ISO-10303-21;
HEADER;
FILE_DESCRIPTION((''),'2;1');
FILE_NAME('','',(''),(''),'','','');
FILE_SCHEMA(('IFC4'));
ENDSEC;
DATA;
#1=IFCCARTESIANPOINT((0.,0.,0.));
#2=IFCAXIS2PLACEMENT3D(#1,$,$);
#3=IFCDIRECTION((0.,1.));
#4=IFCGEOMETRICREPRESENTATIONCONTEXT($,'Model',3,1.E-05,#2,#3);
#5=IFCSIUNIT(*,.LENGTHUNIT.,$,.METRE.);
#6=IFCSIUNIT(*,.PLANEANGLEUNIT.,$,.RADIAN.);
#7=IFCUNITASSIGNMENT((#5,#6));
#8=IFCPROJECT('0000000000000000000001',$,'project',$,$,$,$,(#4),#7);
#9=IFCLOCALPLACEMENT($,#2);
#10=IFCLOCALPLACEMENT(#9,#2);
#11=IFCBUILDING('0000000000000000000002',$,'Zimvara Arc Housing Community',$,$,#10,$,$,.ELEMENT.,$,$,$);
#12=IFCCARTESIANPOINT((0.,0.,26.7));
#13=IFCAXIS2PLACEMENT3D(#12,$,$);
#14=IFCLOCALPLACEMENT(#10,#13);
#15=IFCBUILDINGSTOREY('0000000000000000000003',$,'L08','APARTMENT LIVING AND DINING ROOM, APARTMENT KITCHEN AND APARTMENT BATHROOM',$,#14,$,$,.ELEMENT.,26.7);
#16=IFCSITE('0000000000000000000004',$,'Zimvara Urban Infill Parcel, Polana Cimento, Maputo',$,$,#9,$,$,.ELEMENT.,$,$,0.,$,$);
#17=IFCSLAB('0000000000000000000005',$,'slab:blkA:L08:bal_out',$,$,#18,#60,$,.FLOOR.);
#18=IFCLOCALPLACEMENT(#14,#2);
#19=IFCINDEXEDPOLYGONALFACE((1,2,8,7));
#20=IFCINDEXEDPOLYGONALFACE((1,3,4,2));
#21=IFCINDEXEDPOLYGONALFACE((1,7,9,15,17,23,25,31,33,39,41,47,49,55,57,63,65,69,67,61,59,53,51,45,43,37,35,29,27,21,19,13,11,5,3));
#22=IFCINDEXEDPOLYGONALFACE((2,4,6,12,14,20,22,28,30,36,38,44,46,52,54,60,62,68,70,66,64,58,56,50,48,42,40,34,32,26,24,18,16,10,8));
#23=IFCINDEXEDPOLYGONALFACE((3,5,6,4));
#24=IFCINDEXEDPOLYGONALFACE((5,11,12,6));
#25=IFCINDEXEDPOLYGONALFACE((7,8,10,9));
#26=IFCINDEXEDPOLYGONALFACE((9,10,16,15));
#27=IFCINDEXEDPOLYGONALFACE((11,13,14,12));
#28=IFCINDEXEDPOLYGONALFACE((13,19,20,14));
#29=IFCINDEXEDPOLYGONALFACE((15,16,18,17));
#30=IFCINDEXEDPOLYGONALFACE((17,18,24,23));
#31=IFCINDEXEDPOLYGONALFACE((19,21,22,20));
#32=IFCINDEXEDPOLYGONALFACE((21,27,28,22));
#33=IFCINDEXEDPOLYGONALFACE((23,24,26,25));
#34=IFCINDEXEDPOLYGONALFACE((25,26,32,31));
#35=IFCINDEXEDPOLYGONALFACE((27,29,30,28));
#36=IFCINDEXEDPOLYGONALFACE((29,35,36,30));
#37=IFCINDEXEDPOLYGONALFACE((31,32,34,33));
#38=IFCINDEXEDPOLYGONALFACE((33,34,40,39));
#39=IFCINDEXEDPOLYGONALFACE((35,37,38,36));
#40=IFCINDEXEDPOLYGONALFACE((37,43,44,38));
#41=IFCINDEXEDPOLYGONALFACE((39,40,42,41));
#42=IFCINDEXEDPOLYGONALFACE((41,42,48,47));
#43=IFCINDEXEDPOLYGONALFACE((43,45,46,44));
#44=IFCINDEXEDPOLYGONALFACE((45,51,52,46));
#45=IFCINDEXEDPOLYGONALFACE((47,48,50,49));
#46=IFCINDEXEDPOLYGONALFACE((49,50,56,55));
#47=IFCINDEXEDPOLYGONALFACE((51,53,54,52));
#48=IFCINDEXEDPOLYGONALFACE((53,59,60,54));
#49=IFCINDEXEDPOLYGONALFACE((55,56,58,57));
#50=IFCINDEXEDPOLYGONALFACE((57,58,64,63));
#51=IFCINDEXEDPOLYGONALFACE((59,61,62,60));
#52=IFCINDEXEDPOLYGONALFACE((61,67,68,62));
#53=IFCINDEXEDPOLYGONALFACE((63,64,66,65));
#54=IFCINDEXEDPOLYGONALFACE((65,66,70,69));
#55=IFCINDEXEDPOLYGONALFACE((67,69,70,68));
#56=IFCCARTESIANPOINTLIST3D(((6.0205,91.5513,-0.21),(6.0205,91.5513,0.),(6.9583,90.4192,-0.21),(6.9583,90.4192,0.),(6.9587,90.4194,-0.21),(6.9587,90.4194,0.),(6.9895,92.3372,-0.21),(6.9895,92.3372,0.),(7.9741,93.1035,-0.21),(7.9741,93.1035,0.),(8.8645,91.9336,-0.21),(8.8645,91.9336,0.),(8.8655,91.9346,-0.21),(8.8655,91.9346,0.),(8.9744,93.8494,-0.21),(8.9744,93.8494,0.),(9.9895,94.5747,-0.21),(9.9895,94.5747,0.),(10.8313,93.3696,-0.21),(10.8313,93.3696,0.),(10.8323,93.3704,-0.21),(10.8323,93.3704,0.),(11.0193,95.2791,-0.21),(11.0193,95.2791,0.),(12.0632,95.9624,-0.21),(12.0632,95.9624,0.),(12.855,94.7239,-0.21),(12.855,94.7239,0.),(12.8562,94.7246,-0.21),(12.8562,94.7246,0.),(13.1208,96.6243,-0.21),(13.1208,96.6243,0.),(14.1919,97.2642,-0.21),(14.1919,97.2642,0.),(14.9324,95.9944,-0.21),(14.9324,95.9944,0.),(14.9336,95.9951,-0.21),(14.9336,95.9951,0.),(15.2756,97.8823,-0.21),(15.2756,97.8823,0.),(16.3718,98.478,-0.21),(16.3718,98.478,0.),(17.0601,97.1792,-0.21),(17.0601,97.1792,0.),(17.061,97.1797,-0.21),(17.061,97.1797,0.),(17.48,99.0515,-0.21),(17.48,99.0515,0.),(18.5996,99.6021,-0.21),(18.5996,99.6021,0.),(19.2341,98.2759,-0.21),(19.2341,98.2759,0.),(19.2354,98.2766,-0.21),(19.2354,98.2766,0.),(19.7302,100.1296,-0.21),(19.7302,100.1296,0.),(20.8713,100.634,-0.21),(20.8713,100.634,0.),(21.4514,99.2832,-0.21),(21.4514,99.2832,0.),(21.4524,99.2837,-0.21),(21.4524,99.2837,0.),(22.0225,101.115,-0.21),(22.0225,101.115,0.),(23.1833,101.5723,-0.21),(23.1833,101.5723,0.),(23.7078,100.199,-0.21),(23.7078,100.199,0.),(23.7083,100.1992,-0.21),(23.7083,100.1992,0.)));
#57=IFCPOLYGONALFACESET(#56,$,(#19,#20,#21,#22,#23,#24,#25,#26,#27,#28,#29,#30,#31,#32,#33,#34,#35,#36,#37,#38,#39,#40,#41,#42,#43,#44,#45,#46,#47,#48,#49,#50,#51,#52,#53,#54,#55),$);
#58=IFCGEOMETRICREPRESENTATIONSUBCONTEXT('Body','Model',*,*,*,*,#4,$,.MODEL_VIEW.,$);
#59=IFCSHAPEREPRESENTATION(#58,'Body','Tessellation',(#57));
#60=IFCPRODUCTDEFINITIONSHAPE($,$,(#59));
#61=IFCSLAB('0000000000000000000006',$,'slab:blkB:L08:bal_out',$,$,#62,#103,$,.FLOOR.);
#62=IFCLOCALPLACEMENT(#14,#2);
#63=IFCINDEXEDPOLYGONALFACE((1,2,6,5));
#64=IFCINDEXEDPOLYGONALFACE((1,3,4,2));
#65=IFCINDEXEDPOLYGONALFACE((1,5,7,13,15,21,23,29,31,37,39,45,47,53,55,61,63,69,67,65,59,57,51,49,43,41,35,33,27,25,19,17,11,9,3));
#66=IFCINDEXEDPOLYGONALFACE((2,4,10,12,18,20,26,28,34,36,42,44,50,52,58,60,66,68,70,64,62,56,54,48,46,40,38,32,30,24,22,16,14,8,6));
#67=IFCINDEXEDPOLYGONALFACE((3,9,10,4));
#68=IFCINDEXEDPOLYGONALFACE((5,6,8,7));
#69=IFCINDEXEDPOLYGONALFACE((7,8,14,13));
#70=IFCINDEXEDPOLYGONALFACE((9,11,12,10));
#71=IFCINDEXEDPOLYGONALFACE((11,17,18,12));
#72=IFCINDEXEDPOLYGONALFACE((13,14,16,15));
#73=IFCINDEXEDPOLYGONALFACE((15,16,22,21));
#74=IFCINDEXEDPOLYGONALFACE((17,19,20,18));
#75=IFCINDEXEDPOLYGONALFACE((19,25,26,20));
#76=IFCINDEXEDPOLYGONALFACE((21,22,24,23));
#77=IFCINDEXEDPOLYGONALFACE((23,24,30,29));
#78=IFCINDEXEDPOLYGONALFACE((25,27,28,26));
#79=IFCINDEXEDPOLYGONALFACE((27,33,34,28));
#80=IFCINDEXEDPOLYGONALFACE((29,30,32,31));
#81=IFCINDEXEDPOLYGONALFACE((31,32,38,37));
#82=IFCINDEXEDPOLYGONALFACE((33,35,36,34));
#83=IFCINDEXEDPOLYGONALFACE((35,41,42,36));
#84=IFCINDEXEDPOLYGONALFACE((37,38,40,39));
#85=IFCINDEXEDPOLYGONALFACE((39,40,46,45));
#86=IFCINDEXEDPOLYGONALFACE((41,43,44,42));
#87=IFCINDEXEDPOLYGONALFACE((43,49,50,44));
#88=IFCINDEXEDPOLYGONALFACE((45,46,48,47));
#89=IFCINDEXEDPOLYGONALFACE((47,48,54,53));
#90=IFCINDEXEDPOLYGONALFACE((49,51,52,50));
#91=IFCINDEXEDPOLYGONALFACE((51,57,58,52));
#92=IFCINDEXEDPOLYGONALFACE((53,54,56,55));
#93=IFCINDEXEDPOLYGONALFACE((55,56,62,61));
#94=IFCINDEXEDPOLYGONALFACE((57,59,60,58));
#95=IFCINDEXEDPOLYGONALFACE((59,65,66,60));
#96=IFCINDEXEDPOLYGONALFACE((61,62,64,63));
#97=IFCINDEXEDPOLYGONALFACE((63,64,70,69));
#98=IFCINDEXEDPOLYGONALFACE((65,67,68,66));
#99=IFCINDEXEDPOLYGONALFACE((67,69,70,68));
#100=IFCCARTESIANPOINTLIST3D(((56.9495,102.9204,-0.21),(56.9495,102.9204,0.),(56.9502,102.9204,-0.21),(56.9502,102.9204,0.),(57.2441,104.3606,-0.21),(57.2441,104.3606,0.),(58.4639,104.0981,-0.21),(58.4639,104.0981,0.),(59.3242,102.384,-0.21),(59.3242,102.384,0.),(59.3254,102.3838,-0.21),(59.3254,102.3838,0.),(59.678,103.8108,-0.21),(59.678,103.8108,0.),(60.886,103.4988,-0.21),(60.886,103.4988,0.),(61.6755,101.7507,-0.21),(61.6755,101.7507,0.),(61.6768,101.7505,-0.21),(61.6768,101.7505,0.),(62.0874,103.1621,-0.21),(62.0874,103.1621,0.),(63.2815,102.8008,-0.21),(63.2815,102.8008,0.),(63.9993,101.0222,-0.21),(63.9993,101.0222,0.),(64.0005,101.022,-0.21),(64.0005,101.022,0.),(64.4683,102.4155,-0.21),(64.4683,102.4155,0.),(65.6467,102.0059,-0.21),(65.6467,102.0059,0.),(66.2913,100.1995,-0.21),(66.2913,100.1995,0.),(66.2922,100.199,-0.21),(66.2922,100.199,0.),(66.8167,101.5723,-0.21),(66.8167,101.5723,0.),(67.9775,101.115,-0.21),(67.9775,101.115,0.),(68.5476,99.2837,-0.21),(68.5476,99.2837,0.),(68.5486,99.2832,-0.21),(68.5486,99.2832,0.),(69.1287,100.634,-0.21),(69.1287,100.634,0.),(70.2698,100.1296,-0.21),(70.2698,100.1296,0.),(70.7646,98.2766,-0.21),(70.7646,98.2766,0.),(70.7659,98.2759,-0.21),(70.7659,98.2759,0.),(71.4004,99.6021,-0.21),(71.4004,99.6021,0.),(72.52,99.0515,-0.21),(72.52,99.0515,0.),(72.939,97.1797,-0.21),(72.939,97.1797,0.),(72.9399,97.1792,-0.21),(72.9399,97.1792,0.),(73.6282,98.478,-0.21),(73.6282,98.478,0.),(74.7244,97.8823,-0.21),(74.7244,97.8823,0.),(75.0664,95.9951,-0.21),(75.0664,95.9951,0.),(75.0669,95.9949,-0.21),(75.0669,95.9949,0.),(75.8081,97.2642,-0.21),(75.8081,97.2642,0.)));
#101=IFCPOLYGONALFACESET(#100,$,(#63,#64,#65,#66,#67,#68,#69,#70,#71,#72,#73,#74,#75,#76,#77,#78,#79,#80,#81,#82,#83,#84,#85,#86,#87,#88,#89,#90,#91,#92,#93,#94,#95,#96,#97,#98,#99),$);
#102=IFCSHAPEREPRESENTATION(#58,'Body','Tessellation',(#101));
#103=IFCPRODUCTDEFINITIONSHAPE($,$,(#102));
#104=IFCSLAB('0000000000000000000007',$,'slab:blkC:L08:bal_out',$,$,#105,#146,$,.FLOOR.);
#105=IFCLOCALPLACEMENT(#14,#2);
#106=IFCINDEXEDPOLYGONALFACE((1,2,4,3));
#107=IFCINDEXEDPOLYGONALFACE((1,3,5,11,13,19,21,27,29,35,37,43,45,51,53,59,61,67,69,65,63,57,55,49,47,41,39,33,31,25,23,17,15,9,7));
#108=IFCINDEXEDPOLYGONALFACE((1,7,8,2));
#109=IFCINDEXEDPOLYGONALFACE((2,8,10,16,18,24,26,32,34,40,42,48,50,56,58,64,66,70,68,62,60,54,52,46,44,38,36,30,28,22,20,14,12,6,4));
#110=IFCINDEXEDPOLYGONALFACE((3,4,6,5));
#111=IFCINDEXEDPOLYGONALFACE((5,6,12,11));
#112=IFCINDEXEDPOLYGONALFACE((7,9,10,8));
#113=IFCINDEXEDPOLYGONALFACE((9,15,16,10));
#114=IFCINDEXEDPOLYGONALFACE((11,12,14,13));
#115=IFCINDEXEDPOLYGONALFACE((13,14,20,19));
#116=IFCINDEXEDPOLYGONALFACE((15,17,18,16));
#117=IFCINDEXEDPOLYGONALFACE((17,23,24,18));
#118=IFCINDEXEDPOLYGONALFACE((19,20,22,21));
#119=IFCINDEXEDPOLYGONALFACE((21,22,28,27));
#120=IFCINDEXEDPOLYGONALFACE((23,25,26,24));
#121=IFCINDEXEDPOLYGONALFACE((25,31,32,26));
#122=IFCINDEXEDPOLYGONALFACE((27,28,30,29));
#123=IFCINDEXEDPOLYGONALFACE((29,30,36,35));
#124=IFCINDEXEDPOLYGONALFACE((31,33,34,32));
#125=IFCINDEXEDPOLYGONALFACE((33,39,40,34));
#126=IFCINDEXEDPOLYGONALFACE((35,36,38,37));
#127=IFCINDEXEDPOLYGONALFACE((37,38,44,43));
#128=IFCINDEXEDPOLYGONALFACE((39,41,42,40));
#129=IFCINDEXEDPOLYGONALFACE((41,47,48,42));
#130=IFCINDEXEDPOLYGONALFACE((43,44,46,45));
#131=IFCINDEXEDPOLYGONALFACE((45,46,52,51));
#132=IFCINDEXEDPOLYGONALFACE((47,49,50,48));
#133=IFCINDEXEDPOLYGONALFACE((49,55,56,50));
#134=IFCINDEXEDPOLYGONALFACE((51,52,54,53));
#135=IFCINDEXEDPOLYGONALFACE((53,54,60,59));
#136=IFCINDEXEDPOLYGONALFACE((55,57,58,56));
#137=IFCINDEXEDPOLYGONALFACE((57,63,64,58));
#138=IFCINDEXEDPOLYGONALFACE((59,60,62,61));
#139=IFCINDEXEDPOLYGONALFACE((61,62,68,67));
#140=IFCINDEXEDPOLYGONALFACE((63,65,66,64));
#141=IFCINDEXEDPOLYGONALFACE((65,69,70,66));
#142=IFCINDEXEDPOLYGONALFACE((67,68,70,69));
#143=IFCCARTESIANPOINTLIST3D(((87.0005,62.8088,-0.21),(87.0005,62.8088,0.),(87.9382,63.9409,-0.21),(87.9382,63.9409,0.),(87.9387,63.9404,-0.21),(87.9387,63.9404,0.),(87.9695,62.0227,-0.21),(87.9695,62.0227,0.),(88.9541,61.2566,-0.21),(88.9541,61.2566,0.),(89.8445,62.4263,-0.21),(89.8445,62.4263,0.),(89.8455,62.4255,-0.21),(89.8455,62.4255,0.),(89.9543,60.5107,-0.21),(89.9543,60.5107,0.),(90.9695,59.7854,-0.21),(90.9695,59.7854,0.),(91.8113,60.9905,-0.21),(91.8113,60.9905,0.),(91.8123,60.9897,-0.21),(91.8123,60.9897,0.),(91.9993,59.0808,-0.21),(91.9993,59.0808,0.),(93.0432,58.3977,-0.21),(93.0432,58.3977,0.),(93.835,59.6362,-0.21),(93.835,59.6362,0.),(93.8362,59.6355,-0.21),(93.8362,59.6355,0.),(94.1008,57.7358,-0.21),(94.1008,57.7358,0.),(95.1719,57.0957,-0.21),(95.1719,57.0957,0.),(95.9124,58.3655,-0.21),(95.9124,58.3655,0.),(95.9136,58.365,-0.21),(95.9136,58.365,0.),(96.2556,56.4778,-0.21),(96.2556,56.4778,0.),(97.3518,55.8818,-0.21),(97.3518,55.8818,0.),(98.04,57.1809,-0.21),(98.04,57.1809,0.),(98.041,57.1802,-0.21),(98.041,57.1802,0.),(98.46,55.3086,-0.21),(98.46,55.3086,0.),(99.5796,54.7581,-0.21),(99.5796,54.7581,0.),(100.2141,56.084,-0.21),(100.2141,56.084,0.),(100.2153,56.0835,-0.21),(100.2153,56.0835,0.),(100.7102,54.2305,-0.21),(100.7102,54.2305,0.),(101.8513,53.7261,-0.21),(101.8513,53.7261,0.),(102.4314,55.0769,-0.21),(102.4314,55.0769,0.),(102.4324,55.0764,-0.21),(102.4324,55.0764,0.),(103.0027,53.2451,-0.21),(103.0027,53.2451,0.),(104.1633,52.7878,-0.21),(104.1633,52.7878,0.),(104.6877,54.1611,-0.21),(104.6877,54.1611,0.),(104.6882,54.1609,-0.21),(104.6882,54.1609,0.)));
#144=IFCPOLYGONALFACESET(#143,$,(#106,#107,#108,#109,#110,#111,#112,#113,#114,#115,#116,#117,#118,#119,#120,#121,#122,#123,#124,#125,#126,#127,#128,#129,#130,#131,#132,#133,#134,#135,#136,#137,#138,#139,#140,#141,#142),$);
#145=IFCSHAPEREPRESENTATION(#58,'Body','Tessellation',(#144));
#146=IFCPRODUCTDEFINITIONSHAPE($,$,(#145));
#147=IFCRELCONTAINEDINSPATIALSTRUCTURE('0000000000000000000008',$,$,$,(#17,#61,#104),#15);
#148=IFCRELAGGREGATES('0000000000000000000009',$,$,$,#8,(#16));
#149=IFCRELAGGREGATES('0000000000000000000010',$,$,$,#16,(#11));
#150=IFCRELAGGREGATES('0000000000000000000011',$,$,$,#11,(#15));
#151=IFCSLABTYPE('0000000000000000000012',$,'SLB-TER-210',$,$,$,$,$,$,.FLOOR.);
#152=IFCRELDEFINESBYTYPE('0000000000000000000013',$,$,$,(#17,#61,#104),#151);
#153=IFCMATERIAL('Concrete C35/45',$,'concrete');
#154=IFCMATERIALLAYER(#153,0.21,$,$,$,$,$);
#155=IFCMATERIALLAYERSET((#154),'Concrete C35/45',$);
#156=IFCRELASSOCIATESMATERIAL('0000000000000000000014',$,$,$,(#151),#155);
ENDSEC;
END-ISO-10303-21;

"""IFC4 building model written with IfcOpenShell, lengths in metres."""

from ifc_helpers import new_model, si_unit, direction, frame, origin, place, context, subcontext, project, spatial, polyline, outline, extrude, material, layer, layer_set, type_object, element, save


model = new_model("IFC4")

# Units and contexts
model_context = context("Model", 3, precision=1e-05, world=origin(), true_north=direction((0.0, 1.0)))
body_context = subcontext(model_context, "Body", "Model", "MODEL_VIEW")
ifc_project = project(units=[si_unit("LENGTHUNIT", "METRE"), si_unit("PLANEANGLEUNIT", "RADIAN")], contexts=[model_context])

# Site, building, storey
site_placement = place(None, origin())
site = spatial("IfcSite", under=ifc_project, at=site_placement, Name="Zimvara Urban Infill Parcel, Polana Cimento, Maputo", CompositionType="ELEMENT", RefElevation=0.0)
building_placement = place(site_placement, origin())
building = spatial("IfcBuilding", under=site, at=building_placement, Name="Zimvara Arc Housing Community", CompositionType="ELEMENT")
storey_placement = place(building_placement, frame((0.0, 0.0, 26.7)))
storey = spatial("IfcBuildingStorey", under=building, at=storey_placement, Name="L08", Description="APARTMENT LIVING AND DINING ROOM, APARTMENT KITCHEN AND APARTMENT BATHROOM", CompositionType="ELEMENT", Elevation=26.7)

# Slabs
ifc_material_1 = material(Name="Concrete C35/45", Category="concrete")
ifc_layer_1 = layer(ifc_material_1, 0.21)
ifc_layer_set_1 = layer_set([ifc_layer_1], Name="Concrete C35/45")
slab_type_1 = type_object("IfcSlabType", Name="SLB-TER-210", PredefinedType="FLOOR", material=ifc_layer_set_1)
slab_1_placement = place(storey_placement, frame((0.0, 0.0, -0.21)))
element("IfcSlab", 1, at=slab_1_placement, inside=storey, type_object=slab_type_1, Name="slab:blkA:L08:bal_out", PredefinedType="FLOOR", context=body_context, shape_type="SweptSolid", body=[
    extrude(outline(polyline([(6.0205, 91.5513), (6.9583, 90.4192), (6.9587, 90.4194), (8.8645, 91.9336), (8.8655, 91.9346), (10.8313, 93.3696), (10.8323, 93.3704), (12.855, 94.7239), (12.8562, 94.7246), (14.9324, 95.9944), (14.9336, 95.9951), (17.0601, 97.1792), (17.061, 97.1797), (19.2341, 98.2759), (19.2354, 98.2766), (21.4514, 99.2832), (21.4524, 99.2837), (23.7078, 100.199), (23.7083, 100.1992), (23.1833, 101.5723), (22.0225, 101.115), (20.8713, 100.634), (19.7302, 100.1296), (18.5996, 99.6021), (17.48, 99.0515), (16.3718, 98.478), (15.2756, 97.8823), (14.1919, 97.2642), (13.1208, 96.6243), (12.0632, 95.9624), (11.0193, 95.2791), (9.9895, 94.5747), (8.9744, 93.8494), (7.9741, 93.1035), (6.9895, 92.3372), (6.0205, 91.5513)])), origin(), (0.0, 0.0, 1.0), 0.21),
])
slab_2_placement = place(storey_placement, frame((0.0, 0.0, -0.21)))
element("IfcSlab", 2, at=slab_2_placement, inside=storey, type_object=slab_type_1, Name="slab:blkB:L08:bal_out", PredefinedType="FLOOR", context=body_context, shape_type="SweptSolid", body=[
    extrude(outline(polyline([(57.2441, 104.3606), (56.9495, 102.9204), (56.9502, 102.9204), (59.3242, 102.384), (59.3254, 102.3838), (61.6755, 101.7507), (61.6768, 101.7505), (63.9993, 101.0222), (64.0005, 101.022), (66.2913, 100.1995), (66.2922, 100.199), (68.5476, 99.2837), (68.5486, 99.2832), (70.7646, 98.2766), (70.7659, 98.2759), (72.939, 97.1797), (72.9399, 97.1792), (75.0664, 95.9951), (75.0669, 95.9949), (75.8081, 97.2642), (74.7244, 97.8823), (73.6282, 98.478), (72.52, 99.0515), (71.4004, 99.6021), (70.2698, 100.1296), (69.1287, 100.634), (67.9775, 101.115), (66.8167, 101.5723), (65.6467, 102.0059), (64.4683, 102.4155), (63.2815, 102.8008), (62.0874, 103.1621), (60.886, 103.4988), (59.678, 103.8108), (58.4639, 104.0981), (57.2441, 104.3606)])), origin(), (0.0, 0.0, 1.0), 0.21),
])
slab_3_placement = place(storey_placement, frame((0.0, 0.0, -0.21)))
element("IfcSlab", 3, at=slab_3_placement, inside=storey, type_object=slab_type_1, Name="slab:blkC:L08:bal_out", PredefinedType="FLOOR", context=body_context, shape_type="SweptSolid", body=[
    extrude(outline(polyline([(104.6882, 54.1609), (104.6877, 54.1611), (102.4324, 55.0764), (102.4314, 55.0769), (100.2153, 56.0835), (100.2141, 56.084), (98.041, 57.1802), (98.04, 57.1809), (95.9136, 58.365), (95.9124, 58.3655), (93.8362, 59.6355), (93.835, 59.6362), (91.8123, 60.9897), (91.8113, 60.9905), (89.8455, 62.4255), (89.8445, 62.4263), (87.9387, 63.9404), (87.9382, 63.9409), (87.0005, 62.8088), (87.9695, 62.0227), (88.9541, 61.2566), (89.9543, 60.5107), (90.9695, 59.7854), (91.9993, 59.0808), (93.0432, 58.3977), (94.1008, 57.7358), (95.1719, 57.0957), (96.2556, 56.4778), (97.3518, 55.8818), (98.46, 55.3086), (99.5796, 54.7581), (100.7102, 54.2305), (101.8513, 53.7261), (103.0027, 53.2451), (104.1633, 52.7878), (104.6882, 54.1609)])), origin(), (0.0, 0.0, 1.0), 0.21),
])

save(model, "model.ifc")
